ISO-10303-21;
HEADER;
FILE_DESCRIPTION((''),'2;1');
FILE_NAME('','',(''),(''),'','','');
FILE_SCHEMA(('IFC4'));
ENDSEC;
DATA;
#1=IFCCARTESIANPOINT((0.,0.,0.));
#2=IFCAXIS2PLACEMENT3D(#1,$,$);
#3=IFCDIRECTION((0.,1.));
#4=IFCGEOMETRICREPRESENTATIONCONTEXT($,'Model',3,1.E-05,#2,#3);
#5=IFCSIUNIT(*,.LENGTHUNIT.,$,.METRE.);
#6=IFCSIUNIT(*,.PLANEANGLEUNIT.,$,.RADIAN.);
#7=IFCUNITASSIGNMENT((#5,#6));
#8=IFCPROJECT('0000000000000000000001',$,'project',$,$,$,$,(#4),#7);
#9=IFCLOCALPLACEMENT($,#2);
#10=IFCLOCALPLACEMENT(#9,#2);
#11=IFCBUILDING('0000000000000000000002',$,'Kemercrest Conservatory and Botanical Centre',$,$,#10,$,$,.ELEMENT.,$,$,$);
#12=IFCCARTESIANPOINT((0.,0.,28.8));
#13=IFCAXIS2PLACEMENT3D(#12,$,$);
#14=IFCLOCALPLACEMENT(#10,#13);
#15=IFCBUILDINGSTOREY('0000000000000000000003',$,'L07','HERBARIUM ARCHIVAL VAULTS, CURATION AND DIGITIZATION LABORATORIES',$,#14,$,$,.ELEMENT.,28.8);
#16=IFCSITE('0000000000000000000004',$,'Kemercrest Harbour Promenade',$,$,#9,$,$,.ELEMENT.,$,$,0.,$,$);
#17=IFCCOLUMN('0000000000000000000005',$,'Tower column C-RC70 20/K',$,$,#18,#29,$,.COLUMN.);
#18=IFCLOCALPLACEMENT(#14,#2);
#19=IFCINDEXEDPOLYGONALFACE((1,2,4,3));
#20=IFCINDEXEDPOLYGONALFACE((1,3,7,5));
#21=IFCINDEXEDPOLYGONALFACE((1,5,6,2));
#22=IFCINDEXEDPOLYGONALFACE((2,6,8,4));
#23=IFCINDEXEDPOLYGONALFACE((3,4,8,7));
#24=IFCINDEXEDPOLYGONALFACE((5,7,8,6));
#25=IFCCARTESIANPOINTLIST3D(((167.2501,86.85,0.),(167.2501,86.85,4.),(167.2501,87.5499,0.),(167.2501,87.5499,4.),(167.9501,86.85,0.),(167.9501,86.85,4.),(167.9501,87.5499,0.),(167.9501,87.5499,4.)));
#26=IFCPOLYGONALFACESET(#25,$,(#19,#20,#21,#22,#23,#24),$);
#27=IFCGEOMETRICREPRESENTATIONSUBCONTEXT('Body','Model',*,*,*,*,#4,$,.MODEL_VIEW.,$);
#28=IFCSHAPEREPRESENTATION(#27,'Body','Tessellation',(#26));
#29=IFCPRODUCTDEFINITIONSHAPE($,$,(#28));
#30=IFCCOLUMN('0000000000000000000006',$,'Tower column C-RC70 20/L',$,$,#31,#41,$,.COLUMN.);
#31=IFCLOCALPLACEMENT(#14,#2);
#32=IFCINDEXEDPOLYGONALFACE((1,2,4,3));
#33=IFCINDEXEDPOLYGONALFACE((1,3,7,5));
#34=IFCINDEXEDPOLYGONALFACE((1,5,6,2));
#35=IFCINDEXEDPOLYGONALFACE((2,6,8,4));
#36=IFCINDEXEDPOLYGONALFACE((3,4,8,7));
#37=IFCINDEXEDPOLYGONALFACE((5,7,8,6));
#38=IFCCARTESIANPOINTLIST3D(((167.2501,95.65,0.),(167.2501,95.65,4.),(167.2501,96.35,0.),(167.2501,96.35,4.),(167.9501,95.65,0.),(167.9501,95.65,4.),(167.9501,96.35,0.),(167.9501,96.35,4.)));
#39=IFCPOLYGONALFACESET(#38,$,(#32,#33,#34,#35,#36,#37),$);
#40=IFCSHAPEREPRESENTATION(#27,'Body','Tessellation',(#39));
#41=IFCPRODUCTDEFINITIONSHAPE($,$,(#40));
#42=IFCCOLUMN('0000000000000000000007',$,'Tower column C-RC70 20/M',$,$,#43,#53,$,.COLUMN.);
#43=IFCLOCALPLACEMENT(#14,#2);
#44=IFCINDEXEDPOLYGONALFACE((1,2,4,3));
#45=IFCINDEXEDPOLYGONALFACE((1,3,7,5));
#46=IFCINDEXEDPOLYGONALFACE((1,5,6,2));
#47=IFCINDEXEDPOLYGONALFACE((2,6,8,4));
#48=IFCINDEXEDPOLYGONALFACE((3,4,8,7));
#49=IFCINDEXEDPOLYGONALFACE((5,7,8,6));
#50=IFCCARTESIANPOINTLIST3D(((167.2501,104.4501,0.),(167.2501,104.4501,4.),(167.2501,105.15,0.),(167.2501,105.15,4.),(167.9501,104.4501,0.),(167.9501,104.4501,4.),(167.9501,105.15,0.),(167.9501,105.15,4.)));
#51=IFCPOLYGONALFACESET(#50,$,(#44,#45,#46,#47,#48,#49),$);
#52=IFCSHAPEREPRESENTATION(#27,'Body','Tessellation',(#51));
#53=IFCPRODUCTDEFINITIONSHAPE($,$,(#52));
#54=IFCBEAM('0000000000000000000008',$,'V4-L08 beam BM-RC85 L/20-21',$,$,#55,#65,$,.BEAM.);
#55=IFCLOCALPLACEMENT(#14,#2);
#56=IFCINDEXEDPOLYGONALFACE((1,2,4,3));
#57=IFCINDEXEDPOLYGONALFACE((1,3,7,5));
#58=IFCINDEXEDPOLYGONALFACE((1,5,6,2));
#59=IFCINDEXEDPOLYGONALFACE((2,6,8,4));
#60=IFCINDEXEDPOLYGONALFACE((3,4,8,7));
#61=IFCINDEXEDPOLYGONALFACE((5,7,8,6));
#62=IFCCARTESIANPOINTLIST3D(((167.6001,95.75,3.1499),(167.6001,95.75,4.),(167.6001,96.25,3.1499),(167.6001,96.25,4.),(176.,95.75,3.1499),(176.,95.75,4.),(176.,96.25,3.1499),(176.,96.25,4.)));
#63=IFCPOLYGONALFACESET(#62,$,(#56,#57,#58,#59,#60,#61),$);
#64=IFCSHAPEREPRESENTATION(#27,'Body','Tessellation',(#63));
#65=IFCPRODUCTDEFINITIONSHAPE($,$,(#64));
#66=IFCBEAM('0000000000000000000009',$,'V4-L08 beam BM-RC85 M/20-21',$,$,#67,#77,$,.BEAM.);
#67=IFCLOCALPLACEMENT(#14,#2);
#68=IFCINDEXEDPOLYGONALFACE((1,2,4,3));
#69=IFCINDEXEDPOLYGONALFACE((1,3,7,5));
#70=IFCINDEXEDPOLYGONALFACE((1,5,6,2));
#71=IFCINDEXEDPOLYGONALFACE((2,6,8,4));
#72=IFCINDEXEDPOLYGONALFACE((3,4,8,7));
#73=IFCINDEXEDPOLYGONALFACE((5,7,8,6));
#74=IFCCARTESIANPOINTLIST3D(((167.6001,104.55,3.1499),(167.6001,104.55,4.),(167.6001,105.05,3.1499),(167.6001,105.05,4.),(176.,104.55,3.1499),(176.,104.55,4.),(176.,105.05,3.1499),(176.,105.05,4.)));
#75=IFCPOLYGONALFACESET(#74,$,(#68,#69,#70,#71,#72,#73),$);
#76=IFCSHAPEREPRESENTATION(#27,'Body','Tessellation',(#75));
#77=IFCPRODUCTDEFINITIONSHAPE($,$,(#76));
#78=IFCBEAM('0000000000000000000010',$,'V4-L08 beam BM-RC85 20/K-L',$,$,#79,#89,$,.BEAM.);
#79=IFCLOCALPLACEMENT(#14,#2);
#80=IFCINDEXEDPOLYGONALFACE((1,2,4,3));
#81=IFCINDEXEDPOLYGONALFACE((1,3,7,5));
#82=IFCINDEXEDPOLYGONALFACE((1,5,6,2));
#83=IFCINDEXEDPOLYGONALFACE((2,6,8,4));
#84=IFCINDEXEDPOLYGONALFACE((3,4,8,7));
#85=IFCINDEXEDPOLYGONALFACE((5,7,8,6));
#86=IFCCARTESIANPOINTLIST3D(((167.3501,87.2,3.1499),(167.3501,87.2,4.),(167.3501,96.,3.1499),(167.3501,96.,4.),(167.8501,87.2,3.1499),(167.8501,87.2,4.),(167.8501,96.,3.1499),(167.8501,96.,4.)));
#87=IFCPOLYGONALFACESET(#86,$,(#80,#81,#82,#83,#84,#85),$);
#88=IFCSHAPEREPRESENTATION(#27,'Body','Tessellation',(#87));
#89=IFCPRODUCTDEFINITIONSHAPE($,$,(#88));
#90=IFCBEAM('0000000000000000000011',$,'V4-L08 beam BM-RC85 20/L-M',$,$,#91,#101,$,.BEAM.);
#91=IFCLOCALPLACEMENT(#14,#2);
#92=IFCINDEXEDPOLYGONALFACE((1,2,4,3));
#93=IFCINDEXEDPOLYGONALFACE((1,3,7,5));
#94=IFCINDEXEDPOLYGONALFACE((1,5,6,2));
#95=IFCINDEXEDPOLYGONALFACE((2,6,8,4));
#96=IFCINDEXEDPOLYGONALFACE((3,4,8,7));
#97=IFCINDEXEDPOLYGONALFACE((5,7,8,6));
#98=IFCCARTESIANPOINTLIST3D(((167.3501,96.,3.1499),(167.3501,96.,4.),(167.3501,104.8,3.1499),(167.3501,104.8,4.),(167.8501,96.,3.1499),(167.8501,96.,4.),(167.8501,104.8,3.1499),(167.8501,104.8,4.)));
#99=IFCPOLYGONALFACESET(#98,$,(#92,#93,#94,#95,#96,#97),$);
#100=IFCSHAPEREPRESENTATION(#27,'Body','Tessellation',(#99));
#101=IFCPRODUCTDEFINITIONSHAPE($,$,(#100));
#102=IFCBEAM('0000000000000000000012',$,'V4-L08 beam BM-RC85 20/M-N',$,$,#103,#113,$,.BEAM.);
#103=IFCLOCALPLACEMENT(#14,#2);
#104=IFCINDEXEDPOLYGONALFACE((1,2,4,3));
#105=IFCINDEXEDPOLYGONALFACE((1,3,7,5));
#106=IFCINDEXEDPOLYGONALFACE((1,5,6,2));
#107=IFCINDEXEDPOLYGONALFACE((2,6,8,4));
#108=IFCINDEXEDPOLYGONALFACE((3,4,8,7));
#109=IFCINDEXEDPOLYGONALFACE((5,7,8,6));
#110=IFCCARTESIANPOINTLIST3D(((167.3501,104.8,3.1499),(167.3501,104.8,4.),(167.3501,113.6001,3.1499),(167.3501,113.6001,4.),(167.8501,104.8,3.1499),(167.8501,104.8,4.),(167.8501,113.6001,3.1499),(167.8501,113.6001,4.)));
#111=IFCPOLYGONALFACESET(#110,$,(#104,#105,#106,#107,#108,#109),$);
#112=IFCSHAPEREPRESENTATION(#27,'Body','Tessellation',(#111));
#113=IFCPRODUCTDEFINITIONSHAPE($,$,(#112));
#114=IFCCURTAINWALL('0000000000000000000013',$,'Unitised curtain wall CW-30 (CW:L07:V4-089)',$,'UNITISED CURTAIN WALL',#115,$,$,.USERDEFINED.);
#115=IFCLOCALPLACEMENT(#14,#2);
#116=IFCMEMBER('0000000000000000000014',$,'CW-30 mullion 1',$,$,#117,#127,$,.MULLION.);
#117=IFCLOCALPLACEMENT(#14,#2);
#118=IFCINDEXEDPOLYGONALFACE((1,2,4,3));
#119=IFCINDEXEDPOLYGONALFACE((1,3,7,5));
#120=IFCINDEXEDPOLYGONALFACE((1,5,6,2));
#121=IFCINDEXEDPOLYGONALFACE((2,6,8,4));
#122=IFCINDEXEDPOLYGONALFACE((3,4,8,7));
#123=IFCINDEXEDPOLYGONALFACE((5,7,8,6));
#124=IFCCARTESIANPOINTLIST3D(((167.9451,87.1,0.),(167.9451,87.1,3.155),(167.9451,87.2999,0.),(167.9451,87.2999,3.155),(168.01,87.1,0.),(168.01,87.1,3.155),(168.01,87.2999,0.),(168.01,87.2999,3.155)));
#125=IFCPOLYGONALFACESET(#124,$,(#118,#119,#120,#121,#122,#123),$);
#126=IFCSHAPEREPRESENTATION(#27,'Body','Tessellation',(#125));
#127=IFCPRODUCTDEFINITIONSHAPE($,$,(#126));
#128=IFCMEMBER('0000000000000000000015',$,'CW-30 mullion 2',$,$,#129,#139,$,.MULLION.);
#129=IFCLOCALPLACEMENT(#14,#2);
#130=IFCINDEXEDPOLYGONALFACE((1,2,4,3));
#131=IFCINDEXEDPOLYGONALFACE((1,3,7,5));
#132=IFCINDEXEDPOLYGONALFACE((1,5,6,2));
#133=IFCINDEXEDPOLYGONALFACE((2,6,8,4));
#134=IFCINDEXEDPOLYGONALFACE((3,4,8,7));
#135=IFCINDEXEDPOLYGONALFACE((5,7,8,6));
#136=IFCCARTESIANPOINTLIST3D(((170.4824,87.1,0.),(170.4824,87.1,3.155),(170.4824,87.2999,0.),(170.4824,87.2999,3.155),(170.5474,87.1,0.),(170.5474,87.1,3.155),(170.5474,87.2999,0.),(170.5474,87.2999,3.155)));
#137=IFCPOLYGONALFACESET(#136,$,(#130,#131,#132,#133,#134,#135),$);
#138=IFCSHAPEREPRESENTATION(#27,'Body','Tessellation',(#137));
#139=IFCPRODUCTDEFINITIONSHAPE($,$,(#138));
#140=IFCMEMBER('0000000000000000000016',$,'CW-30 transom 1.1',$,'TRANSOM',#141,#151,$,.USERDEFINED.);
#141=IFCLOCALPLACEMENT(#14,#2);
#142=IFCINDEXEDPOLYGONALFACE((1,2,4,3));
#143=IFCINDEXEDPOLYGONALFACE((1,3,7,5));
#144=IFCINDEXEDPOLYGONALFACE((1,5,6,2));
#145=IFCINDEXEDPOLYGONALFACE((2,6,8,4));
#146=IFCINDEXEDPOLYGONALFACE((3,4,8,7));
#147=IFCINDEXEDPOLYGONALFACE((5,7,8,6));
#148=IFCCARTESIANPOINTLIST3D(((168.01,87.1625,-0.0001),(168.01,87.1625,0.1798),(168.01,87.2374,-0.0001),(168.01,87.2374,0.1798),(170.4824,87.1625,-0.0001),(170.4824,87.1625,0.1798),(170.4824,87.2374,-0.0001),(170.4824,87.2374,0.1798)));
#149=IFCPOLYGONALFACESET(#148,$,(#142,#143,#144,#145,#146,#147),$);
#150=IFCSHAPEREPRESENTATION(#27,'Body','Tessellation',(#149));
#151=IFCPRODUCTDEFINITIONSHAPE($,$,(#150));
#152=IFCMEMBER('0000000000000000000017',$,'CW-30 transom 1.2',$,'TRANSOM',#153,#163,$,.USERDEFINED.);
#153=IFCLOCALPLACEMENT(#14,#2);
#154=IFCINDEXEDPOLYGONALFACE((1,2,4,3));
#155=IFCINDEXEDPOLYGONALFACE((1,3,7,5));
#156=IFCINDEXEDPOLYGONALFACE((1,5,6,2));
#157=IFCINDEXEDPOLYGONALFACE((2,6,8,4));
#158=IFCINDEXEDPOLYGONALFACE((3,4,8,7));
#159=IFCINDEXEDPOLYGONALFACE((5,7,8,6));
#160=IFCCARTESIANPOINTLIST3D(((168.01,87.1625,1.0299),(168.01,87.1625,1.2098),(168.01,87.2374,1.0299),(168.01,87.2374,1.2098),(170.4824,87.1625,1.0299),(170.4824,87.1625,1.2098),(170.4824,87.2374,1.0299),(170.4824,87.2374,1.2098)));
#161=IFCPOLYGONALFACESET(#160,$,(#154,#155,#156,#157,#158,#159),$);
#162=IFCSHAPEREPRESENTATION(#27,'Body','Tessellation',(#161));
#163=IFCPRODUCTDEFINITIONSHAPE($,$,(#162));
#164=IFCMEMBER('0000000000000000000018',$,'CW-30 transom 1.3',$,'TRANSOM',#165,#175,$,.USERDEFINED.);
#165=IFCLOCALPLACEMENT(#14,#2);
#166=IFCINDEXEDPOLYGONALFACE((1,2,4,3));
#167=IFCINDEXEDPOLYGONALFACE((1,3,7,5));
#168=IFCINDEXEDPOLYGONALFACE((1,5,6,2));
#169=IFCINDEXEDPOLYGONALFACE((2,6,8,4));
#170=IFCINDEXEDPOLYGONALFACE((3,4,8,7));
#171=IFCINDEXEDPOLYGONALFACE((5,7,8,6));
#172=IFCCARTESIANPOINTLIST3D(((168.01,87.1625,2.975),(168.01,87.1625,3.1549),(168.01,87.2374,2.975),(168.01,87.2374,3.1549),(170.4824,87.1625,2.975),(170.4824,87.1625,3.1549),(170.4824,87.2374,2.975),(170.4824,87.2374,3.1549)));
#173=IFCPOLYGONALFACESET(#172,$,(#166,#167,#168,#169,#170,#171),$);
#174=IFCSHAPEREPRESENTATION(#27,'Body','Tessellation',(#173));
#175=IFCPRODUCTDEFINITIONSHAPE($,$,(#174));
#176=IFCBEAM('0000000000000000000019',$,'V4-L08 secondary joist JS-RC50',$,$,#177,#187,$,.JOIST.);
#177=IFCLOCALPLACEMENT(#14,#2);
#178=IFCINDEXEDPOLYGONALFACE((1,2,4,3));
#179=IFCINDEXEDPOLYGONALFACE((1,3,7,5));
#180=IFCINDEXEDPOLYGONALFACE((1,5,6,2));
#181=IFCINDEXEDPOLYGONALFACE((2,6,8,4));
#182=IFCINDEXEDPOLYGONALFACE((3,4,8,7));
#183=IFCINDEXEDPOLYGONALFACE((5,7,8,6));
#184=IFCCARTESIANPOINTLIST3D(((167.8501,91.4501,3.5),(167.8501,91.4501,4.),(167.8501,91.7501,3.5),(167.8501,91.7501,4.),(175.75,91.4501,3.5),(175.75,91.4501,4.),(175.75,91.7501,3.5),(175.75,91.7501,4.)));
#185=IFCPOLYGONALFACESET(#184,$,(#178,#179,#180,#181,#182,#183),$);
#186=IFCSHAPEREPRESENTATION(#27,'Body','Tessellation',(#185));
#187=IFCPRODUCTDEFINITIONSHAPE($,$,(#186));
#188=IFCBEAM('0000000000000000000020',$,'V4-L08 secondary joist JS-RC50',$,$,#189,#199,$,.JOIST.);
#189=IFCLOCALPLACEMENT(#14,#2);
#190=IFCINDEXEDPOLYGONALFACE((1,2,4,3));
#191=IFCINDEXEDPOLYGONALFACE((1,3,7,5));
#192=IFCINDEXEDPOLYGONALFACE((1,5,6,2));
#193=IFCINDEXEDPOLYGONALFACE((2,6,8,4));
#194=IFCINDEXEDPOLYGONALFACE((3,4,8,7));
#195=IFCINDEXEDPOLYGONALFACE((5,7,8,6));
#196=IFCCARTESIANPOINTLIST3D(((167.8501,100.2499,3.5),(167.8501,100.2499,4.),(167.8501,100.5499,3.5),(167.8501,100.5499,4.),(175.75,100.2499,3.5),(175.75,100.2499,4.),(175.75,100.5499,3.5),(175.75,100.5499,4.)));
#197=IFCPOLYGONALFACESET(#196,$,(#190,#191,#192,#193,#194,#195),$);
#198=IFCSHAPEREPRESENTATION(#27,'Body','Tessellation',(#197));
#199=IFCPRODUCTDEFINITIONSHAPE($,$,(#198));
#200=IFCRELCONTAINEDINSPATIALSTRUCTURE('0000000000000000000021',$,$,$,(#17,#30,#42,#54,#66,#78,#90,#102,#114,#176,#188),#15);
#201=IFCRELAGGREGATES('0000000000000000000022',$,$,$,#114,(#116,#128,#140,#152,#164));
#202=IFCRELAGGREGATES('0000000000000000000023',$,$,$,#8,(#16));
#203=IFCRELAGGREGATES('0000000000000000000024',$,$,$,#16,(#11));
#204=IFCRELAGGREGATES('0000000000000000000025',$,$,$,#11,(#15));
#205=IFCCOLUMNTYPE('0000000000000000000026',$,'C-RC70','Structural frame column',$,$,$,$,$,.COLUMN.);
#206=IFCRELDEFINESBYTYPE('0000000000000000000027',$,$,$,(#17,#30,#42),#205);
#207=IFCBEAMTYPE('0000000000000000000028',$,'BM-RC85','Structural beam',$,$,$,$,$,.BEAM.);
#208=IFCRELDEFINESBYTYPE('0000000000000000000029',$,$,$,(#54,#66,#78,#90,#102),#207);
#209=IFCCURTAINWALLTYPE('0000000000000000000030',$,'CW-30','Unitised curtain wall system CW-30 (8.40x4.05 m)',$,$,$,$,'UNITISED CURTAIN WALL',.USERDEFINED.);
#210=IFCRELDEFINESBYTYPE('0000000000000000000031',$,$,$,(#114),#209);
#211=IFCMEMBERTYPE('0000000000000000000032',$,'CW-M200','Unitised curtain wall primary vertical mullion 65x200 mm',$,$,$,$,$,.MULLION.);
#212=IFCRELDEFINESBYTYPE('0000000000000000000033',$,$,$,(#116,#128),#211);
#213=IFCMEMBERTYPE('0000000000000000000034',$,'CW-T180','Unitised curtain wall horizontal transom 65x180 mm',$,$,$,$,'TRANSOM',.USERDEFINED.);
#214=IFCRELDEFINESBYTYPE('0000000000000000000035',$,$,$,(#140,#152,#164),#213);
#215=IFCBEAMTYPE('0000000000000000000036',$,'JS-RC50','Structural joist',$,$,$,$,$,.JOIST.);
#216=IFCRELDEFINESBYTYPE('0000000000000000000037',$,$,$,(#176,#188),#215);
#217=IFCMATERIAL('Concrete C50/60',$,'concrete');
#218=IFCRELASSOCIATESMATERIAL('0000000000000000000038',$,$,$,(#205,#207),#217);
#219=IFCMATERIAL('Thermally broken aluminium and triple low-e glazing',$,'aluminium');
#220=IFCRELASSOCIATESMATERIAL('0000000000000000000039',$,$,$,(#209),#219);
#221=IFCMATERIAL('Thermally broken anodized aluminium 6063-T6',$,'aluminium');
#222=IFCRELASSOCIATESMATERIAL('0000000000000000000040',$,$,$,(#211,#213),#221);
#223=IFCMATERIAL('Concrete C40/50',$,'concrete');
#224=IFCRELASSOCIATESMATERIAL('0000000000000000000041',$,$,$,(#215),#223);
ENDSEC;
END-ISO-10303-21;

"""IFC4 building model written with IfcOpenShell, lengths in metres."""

from ifc_helpers import new_model, si_unit, direction, frame, origin, origin_2d, place, context, subcontext, project, spatial, rectangle, extrude, material, material_profile, profile_set, type_object, element, aggregate, save


model = new_model("IFC4")

# Units and contexts
model_context = context("Model", 3, precision=1e-05, world=origin(), true_north=direction((0.0, 1.0)))
body_context = subcontext(model_context, "Body", "Model", "MODEL_VIEW")
ifc_project = project(units=[si_unit("LENGTHUNIT", "METRE"), si_unit("PLANEANGLEUNIT", "RADIAN")], contexts=[model_context])

# Site, building, storey
site_placement = place(None, origin())
site = spatial("IfcSite", under=ifc_project, at=site_placement, Name="Kemercrest Harbour Promenade", CompositionType="ELEMENT", RefElevation=0.0)
building_placement = place(site_placement, origin())
building = spatial("IfcBuilding", under=site, at=building_placement, Name="Kemercrest Conservatory and Botanical Centre", CompositionType="ELEMENT")
storey_placement = place(building_placement, frame((0.0, 0.0, 28.8)))
storey = spatial("IfcBuildingStorey", under=building, at=storey_placement, Name="L07", Description="HERBARIUM ARCHIVAL VAULTS, CURATION AND DIGITIZATION LABORATORIES", CompositionType="ELEMENT", Elevation=28.8)

# Columns
ifc_material_1 = material(Name="Concrete C50/60", Category="concrete")
ifc_material_profile_1 = material_profile(ifc_material_1, rectangle(XDim=0.7, YDim=0.7, at=origin_2d()), Name="RC 700x700")
ifc_profile_set_1 = profile_set([ifc_material_profile_1], Name="Concrete C50/60")
column_type = type_object("IfcColumnType", Name="C-RC70", Description="Structural frame column", PredefinedType="COLUMN", material=ifc_profile_set_1)
for number, where, z_axis, x_axis, name in (
    (1, (167.6001, 87.2, 0.0), (0.0, 0.0, 1.0), (1.0, 0.0, 0.0), "Tower column C-RC70 20/K"),
    (2, (167.6001, 96.0, 0.0), (0.0, 0.0, 1.0), (1.0, 0.0, 0.0), "Tower column C-RC70 20/L"),
    (3, (167.6001, 104.8, 0.0), (0.0, 0.0, 1.0), (1.0, 0.0, 0.0), "Tower column C-RC70 20/M"),
):
    element("IfcColumn", number, at=place(storey_placement, frame(where, z_axis=z_axis, x_axis=x_axis)), inside=storey, type_object=column_type, Name=name, PredefinedType="COLUMN", context=body_context, shape_type="SweptSolid", body=[
        extrude(rectangle(XDim=0.7, YDim=0.7, at=origin_2d()), origin(), (0.0, 0.0, 1.0), 4.0),
    ])

# Beams
ifc_material_profile_2 = material_profile(ifc_material_1, rectangle(XDim=0.5, YDim=0.8501, at=origin_2d()), Name="RC 500x850")
ifc_profile_set_2 = profile_set([ifc_material_profile_2], Name="Concrete C50/60")
beam_type_1 = type_object("IfcBeamType", Name="BM-RC85", Description="Structural beam", PredefinedType="BEAM", material=ifc_profile_set_2)
for number, where, z_axis, x_axis, name in (
    (4, (167.6001, 96.0, 3.575), (1.0, 0.0, 0.0), (0.0, 1.0, 0.0), "V4-L08 beam BM-RC85 L/20-21"),
    (5, (167.6001, 104.8, 3.575), (1.0, 0.0, 0.0), (0.0, 1.0, 0.0), "V4-L08 beam BM-RC85 M/20-21"),
):
    element("IfcBeam", number, at=place(storey_placement, frame(where, z_axis=z_axis, x_axis=x_axis)), inside=storey, type_object=beam_type_1, Name=name, PredefinedType="BEAM", context=body_context, shape_type="SweptSolid", body=[
        extrude(rectangle(XDim=0.5, YDim=0.8501, at=origin_2d()), origin(), (0.0, 0.0, 1.0), 8.3999),
    ])
for number, where, z_axis, x_axis, name in (
    (6, (167.6001, 87.2, 3.575), (0.0, 1.0, 0.0), (-1.0, 0.0, 0.0), "V4-L08 beam BM-RC85 20/K-L"),
    (7, (167.6001, 96.0, 3.575), (0.0, 1.0, 0.0), (-1.0, 0.0, 0.0), "V4-L08 beam BM-RC85 20/L-M"),
    (8, (167.6001, 104.8, 3.575), (0.0, 1.0, 0.0), (-1.0, 0.0, 0.0), "V4-L08 beam BM-RC85 20/M-N"),
):
    element("IfcBeam", number, at=place(storey_placement, frame(where, z_axis=z_axis, x_axis=x_axis)), inside=storey, type_object=beam_type_1, Name=name, PredefinedType="BEAM", context=body_context, shape_type="SweptSolid", body=[
        extrude(rectangle(XDim=0.5, YDim=0.8501, at=origin_2d()), origin(), (0.0, 0.0, 1.0), 8.8),
    ])

# Curtain wall, members
ifc_material_2 = material(Name="Thermally broken aluminium and triple low-e glazing", Category="aluminium")
curtain_wall_type = type_object("IfcCurtainWallType", Name="CW-30", Description="Unitised curtain wall system CW-30 (8.40x4.05 m)", ElementType="UNITISED CURTAIN WALL", PredefinedType="USERDEFINED", material=ifc_material_2)
curtain_wall_placement = place(storey_placement, origin())
curtain_wall = element("IfcCurtainWall", 9, at=curtain_wall_placement, inside=storey, type_object=curtain_wall_type, Name="Unitised curtain wall CW-30 (CW:L07:V4-089)", ObjectType="UNITISED CURTAIN WALL", PredefinedType="USERDEFINED")
ifc_material_3 = material(Name="Thermally broken anodized aluminium 6063-T6", Category="aluminium")
ifc_material_profile_3 = material_profile(ifc_material_3, rectangle(XDim=0.2, YDim=0.0649, at=origin_2d()), Name="AL MULLION 65x200")
ifc_profile_set_3 = profile_set([ifc_material_profile_3], Name="Thermally broken anodized aluminium 6063-T6")
member_type_1 = type_object("IfcMemberType", Name="CW-M200", Description="Unitised curtain wall primary vertical mullion 65x200 mm", PredefinedType="MULLION", material=ifc_profile_set_3)
member_1_placement = place(storey_placement, frame((167.9775, 87.2, 0.0), z_axis=(0.0, 0.0, 1.0), x_axis=(0.0, 1.0, 0.0)))
member_1 = element("IfcMember", 10, at=member_1_placement, type_object=member_type_1, Name="CW-30 mullion 1", PredefinedType="MULLION", context=body_context, shape_type="SweptSolid", body=[
    extrude(rectangle(XDim=0.2, YDim=0.0649, at=origin_2d()), origin(), (0.0, 0.0, 1.0), 3.155),
])
member_2_placement = place(storey_placement, frame((170.5149, 87.2, 0.0), z_axis=(0.0, 0.0, 1.0), x_axis=(0.0, 1.0, 0.0)))
member_2 = element("IfcMember", 11, at=member_2_placement, type_object=member_type_1, Name="CW-30 mullion 2", PredefinedType="MULLION", context=body_context, shape_type="SweptSolid", body=[
    extrude(rectangle(XDim=0.2, YDim=0.0649, at=origin_2d()), origin(), (0.0, 0.0, 1.0), 3.155),
])
ifc_material_profile_4 = material_profile(ifc_material_3, rectangle(XDim=0.075, YDim=0.1799, at=origin_2d()), Name="AL TRANSOM 75x180")
ifc_profile_set_4 = profile_set([ifc_material_profile_4], Name="Thermally broken anodized aluminium 6063-T6")
member_type_2 = type_object("IfcMemberType", Name="CW-T180", Description="Unitised curtain wall horizontal transom 65x180 mm", ElementType="TRANSOM", PredefinedType="USERDEFINED", material=ifc_profile_set_4)
member_3_placement = place(storey_placement, frame((168.01, 87.2, 0.0898), z_axis=(1.0, 0.0, 0.0), x_axis=(0.0, 1.0, 0.0)))
member_3 = element("IfcMember", 12, at=member_3_placement, type_object=member_type_2, Name="CW-30 transom 1.1", ObjectType="TRANSOM", PredefinedType="USERDEFINED", context=body_context, shape_type="SweptSolid", body=[
    extrude(rectangle(XDim=0.075, YDim=0.1799, at=origin_2d()), origin(), (0.0, 0.0, 1.0), 2.4724),
])
member_4_placement = place(storey_placement, frame((168.01, 87.2, 1.1199), z_axis=(1.0, 0.0, 0.0), x_axis=(0.0, 1.0, 0.0)))
member_4 = element("IfcMember", 13, at=member_4_placement, type_object=member_type_2, Name="CW-30 transom 1.2", ObjectType="TRANSOM", PredefinedType="USERDEFINED", context=body_context, shape_type="SweptSolid", body=[
    extrude(rectangle(XDim=0.075, YDim=0.1799, at=origin_2d()), origin(), (0.0, 0.0, 1.0), 2.4724),
])
member_5_placement = place(storey_placement, frame((168.01, 87.2, 3.0649), z_axis=(1.0, 0.0, 0.0), x_axis=(0.0, 1.0, 0.0)))
member_5 = element("IfcMember", 14, at=member_5_placement, type_object=member_type_2, Name="CW-30 transom 1.3", ObjectType="TRANSOM", PredefinedType="USERDEFINED", context=body_context, shape_type="SweptSolid", body=[
    extrude(rectangle(XDim=0.075, YDim=0.1799, at=origin_2d()), origin(), (0.0, 0.0, 1.0), 2.4724),
])

# Beams
ifc_material_4 = material(Name="Concrete C40/50", Category="concrete")
ifc_material_profile_5 = material_profile(ifc_material_4, rectangle(XDim=0.3, YDim=0.5, at=origin_2d()), Name="RC 300x500")
ifc_profile_set_5 = profile_set([ifc_material_profile_5], Name="Concrete C40/50")
beam_type_2 = type_object("IfcBeamType", Name="JS-RC50", Description="Structural joist", PredefinedType="JOIST", material=ifc_profile_set_5)
for number, where, z_axis, x_axis, name in (
    (15, (167.8501, 91.6001, 3.75), (1.0, 0.0, 0.0), (0.0, 1.0, 0.0), "V4-L08 secondary joist JS-RC50"),
    (16, (167.8501, 100.3999, 3.75), (1.0, 0.0, 0.0), (0.0, 1.0, 0.0), "V4-L08 secondary joist JS-RC50"),
):
    element("IfcBeam", number, at=place(storey_placement, frame(where, z_axis=z_axis, x_axis=x_axis)), inside=storey, type_object=beam_type_2, Name=name, PredefinedType="JOIST", context=body_context, shape_type="SweptSolid", body=[
        extrude(rectangle(XDim=0.3, YDim=0.5, at=origin_2d()), origin(), (0.0, 0.0, 1.0), 7.8999),
    ])

aggregate(curtain_wall, [member_1, member_2, member_3, member_4, member_5])

save(model, "model.ifc")
